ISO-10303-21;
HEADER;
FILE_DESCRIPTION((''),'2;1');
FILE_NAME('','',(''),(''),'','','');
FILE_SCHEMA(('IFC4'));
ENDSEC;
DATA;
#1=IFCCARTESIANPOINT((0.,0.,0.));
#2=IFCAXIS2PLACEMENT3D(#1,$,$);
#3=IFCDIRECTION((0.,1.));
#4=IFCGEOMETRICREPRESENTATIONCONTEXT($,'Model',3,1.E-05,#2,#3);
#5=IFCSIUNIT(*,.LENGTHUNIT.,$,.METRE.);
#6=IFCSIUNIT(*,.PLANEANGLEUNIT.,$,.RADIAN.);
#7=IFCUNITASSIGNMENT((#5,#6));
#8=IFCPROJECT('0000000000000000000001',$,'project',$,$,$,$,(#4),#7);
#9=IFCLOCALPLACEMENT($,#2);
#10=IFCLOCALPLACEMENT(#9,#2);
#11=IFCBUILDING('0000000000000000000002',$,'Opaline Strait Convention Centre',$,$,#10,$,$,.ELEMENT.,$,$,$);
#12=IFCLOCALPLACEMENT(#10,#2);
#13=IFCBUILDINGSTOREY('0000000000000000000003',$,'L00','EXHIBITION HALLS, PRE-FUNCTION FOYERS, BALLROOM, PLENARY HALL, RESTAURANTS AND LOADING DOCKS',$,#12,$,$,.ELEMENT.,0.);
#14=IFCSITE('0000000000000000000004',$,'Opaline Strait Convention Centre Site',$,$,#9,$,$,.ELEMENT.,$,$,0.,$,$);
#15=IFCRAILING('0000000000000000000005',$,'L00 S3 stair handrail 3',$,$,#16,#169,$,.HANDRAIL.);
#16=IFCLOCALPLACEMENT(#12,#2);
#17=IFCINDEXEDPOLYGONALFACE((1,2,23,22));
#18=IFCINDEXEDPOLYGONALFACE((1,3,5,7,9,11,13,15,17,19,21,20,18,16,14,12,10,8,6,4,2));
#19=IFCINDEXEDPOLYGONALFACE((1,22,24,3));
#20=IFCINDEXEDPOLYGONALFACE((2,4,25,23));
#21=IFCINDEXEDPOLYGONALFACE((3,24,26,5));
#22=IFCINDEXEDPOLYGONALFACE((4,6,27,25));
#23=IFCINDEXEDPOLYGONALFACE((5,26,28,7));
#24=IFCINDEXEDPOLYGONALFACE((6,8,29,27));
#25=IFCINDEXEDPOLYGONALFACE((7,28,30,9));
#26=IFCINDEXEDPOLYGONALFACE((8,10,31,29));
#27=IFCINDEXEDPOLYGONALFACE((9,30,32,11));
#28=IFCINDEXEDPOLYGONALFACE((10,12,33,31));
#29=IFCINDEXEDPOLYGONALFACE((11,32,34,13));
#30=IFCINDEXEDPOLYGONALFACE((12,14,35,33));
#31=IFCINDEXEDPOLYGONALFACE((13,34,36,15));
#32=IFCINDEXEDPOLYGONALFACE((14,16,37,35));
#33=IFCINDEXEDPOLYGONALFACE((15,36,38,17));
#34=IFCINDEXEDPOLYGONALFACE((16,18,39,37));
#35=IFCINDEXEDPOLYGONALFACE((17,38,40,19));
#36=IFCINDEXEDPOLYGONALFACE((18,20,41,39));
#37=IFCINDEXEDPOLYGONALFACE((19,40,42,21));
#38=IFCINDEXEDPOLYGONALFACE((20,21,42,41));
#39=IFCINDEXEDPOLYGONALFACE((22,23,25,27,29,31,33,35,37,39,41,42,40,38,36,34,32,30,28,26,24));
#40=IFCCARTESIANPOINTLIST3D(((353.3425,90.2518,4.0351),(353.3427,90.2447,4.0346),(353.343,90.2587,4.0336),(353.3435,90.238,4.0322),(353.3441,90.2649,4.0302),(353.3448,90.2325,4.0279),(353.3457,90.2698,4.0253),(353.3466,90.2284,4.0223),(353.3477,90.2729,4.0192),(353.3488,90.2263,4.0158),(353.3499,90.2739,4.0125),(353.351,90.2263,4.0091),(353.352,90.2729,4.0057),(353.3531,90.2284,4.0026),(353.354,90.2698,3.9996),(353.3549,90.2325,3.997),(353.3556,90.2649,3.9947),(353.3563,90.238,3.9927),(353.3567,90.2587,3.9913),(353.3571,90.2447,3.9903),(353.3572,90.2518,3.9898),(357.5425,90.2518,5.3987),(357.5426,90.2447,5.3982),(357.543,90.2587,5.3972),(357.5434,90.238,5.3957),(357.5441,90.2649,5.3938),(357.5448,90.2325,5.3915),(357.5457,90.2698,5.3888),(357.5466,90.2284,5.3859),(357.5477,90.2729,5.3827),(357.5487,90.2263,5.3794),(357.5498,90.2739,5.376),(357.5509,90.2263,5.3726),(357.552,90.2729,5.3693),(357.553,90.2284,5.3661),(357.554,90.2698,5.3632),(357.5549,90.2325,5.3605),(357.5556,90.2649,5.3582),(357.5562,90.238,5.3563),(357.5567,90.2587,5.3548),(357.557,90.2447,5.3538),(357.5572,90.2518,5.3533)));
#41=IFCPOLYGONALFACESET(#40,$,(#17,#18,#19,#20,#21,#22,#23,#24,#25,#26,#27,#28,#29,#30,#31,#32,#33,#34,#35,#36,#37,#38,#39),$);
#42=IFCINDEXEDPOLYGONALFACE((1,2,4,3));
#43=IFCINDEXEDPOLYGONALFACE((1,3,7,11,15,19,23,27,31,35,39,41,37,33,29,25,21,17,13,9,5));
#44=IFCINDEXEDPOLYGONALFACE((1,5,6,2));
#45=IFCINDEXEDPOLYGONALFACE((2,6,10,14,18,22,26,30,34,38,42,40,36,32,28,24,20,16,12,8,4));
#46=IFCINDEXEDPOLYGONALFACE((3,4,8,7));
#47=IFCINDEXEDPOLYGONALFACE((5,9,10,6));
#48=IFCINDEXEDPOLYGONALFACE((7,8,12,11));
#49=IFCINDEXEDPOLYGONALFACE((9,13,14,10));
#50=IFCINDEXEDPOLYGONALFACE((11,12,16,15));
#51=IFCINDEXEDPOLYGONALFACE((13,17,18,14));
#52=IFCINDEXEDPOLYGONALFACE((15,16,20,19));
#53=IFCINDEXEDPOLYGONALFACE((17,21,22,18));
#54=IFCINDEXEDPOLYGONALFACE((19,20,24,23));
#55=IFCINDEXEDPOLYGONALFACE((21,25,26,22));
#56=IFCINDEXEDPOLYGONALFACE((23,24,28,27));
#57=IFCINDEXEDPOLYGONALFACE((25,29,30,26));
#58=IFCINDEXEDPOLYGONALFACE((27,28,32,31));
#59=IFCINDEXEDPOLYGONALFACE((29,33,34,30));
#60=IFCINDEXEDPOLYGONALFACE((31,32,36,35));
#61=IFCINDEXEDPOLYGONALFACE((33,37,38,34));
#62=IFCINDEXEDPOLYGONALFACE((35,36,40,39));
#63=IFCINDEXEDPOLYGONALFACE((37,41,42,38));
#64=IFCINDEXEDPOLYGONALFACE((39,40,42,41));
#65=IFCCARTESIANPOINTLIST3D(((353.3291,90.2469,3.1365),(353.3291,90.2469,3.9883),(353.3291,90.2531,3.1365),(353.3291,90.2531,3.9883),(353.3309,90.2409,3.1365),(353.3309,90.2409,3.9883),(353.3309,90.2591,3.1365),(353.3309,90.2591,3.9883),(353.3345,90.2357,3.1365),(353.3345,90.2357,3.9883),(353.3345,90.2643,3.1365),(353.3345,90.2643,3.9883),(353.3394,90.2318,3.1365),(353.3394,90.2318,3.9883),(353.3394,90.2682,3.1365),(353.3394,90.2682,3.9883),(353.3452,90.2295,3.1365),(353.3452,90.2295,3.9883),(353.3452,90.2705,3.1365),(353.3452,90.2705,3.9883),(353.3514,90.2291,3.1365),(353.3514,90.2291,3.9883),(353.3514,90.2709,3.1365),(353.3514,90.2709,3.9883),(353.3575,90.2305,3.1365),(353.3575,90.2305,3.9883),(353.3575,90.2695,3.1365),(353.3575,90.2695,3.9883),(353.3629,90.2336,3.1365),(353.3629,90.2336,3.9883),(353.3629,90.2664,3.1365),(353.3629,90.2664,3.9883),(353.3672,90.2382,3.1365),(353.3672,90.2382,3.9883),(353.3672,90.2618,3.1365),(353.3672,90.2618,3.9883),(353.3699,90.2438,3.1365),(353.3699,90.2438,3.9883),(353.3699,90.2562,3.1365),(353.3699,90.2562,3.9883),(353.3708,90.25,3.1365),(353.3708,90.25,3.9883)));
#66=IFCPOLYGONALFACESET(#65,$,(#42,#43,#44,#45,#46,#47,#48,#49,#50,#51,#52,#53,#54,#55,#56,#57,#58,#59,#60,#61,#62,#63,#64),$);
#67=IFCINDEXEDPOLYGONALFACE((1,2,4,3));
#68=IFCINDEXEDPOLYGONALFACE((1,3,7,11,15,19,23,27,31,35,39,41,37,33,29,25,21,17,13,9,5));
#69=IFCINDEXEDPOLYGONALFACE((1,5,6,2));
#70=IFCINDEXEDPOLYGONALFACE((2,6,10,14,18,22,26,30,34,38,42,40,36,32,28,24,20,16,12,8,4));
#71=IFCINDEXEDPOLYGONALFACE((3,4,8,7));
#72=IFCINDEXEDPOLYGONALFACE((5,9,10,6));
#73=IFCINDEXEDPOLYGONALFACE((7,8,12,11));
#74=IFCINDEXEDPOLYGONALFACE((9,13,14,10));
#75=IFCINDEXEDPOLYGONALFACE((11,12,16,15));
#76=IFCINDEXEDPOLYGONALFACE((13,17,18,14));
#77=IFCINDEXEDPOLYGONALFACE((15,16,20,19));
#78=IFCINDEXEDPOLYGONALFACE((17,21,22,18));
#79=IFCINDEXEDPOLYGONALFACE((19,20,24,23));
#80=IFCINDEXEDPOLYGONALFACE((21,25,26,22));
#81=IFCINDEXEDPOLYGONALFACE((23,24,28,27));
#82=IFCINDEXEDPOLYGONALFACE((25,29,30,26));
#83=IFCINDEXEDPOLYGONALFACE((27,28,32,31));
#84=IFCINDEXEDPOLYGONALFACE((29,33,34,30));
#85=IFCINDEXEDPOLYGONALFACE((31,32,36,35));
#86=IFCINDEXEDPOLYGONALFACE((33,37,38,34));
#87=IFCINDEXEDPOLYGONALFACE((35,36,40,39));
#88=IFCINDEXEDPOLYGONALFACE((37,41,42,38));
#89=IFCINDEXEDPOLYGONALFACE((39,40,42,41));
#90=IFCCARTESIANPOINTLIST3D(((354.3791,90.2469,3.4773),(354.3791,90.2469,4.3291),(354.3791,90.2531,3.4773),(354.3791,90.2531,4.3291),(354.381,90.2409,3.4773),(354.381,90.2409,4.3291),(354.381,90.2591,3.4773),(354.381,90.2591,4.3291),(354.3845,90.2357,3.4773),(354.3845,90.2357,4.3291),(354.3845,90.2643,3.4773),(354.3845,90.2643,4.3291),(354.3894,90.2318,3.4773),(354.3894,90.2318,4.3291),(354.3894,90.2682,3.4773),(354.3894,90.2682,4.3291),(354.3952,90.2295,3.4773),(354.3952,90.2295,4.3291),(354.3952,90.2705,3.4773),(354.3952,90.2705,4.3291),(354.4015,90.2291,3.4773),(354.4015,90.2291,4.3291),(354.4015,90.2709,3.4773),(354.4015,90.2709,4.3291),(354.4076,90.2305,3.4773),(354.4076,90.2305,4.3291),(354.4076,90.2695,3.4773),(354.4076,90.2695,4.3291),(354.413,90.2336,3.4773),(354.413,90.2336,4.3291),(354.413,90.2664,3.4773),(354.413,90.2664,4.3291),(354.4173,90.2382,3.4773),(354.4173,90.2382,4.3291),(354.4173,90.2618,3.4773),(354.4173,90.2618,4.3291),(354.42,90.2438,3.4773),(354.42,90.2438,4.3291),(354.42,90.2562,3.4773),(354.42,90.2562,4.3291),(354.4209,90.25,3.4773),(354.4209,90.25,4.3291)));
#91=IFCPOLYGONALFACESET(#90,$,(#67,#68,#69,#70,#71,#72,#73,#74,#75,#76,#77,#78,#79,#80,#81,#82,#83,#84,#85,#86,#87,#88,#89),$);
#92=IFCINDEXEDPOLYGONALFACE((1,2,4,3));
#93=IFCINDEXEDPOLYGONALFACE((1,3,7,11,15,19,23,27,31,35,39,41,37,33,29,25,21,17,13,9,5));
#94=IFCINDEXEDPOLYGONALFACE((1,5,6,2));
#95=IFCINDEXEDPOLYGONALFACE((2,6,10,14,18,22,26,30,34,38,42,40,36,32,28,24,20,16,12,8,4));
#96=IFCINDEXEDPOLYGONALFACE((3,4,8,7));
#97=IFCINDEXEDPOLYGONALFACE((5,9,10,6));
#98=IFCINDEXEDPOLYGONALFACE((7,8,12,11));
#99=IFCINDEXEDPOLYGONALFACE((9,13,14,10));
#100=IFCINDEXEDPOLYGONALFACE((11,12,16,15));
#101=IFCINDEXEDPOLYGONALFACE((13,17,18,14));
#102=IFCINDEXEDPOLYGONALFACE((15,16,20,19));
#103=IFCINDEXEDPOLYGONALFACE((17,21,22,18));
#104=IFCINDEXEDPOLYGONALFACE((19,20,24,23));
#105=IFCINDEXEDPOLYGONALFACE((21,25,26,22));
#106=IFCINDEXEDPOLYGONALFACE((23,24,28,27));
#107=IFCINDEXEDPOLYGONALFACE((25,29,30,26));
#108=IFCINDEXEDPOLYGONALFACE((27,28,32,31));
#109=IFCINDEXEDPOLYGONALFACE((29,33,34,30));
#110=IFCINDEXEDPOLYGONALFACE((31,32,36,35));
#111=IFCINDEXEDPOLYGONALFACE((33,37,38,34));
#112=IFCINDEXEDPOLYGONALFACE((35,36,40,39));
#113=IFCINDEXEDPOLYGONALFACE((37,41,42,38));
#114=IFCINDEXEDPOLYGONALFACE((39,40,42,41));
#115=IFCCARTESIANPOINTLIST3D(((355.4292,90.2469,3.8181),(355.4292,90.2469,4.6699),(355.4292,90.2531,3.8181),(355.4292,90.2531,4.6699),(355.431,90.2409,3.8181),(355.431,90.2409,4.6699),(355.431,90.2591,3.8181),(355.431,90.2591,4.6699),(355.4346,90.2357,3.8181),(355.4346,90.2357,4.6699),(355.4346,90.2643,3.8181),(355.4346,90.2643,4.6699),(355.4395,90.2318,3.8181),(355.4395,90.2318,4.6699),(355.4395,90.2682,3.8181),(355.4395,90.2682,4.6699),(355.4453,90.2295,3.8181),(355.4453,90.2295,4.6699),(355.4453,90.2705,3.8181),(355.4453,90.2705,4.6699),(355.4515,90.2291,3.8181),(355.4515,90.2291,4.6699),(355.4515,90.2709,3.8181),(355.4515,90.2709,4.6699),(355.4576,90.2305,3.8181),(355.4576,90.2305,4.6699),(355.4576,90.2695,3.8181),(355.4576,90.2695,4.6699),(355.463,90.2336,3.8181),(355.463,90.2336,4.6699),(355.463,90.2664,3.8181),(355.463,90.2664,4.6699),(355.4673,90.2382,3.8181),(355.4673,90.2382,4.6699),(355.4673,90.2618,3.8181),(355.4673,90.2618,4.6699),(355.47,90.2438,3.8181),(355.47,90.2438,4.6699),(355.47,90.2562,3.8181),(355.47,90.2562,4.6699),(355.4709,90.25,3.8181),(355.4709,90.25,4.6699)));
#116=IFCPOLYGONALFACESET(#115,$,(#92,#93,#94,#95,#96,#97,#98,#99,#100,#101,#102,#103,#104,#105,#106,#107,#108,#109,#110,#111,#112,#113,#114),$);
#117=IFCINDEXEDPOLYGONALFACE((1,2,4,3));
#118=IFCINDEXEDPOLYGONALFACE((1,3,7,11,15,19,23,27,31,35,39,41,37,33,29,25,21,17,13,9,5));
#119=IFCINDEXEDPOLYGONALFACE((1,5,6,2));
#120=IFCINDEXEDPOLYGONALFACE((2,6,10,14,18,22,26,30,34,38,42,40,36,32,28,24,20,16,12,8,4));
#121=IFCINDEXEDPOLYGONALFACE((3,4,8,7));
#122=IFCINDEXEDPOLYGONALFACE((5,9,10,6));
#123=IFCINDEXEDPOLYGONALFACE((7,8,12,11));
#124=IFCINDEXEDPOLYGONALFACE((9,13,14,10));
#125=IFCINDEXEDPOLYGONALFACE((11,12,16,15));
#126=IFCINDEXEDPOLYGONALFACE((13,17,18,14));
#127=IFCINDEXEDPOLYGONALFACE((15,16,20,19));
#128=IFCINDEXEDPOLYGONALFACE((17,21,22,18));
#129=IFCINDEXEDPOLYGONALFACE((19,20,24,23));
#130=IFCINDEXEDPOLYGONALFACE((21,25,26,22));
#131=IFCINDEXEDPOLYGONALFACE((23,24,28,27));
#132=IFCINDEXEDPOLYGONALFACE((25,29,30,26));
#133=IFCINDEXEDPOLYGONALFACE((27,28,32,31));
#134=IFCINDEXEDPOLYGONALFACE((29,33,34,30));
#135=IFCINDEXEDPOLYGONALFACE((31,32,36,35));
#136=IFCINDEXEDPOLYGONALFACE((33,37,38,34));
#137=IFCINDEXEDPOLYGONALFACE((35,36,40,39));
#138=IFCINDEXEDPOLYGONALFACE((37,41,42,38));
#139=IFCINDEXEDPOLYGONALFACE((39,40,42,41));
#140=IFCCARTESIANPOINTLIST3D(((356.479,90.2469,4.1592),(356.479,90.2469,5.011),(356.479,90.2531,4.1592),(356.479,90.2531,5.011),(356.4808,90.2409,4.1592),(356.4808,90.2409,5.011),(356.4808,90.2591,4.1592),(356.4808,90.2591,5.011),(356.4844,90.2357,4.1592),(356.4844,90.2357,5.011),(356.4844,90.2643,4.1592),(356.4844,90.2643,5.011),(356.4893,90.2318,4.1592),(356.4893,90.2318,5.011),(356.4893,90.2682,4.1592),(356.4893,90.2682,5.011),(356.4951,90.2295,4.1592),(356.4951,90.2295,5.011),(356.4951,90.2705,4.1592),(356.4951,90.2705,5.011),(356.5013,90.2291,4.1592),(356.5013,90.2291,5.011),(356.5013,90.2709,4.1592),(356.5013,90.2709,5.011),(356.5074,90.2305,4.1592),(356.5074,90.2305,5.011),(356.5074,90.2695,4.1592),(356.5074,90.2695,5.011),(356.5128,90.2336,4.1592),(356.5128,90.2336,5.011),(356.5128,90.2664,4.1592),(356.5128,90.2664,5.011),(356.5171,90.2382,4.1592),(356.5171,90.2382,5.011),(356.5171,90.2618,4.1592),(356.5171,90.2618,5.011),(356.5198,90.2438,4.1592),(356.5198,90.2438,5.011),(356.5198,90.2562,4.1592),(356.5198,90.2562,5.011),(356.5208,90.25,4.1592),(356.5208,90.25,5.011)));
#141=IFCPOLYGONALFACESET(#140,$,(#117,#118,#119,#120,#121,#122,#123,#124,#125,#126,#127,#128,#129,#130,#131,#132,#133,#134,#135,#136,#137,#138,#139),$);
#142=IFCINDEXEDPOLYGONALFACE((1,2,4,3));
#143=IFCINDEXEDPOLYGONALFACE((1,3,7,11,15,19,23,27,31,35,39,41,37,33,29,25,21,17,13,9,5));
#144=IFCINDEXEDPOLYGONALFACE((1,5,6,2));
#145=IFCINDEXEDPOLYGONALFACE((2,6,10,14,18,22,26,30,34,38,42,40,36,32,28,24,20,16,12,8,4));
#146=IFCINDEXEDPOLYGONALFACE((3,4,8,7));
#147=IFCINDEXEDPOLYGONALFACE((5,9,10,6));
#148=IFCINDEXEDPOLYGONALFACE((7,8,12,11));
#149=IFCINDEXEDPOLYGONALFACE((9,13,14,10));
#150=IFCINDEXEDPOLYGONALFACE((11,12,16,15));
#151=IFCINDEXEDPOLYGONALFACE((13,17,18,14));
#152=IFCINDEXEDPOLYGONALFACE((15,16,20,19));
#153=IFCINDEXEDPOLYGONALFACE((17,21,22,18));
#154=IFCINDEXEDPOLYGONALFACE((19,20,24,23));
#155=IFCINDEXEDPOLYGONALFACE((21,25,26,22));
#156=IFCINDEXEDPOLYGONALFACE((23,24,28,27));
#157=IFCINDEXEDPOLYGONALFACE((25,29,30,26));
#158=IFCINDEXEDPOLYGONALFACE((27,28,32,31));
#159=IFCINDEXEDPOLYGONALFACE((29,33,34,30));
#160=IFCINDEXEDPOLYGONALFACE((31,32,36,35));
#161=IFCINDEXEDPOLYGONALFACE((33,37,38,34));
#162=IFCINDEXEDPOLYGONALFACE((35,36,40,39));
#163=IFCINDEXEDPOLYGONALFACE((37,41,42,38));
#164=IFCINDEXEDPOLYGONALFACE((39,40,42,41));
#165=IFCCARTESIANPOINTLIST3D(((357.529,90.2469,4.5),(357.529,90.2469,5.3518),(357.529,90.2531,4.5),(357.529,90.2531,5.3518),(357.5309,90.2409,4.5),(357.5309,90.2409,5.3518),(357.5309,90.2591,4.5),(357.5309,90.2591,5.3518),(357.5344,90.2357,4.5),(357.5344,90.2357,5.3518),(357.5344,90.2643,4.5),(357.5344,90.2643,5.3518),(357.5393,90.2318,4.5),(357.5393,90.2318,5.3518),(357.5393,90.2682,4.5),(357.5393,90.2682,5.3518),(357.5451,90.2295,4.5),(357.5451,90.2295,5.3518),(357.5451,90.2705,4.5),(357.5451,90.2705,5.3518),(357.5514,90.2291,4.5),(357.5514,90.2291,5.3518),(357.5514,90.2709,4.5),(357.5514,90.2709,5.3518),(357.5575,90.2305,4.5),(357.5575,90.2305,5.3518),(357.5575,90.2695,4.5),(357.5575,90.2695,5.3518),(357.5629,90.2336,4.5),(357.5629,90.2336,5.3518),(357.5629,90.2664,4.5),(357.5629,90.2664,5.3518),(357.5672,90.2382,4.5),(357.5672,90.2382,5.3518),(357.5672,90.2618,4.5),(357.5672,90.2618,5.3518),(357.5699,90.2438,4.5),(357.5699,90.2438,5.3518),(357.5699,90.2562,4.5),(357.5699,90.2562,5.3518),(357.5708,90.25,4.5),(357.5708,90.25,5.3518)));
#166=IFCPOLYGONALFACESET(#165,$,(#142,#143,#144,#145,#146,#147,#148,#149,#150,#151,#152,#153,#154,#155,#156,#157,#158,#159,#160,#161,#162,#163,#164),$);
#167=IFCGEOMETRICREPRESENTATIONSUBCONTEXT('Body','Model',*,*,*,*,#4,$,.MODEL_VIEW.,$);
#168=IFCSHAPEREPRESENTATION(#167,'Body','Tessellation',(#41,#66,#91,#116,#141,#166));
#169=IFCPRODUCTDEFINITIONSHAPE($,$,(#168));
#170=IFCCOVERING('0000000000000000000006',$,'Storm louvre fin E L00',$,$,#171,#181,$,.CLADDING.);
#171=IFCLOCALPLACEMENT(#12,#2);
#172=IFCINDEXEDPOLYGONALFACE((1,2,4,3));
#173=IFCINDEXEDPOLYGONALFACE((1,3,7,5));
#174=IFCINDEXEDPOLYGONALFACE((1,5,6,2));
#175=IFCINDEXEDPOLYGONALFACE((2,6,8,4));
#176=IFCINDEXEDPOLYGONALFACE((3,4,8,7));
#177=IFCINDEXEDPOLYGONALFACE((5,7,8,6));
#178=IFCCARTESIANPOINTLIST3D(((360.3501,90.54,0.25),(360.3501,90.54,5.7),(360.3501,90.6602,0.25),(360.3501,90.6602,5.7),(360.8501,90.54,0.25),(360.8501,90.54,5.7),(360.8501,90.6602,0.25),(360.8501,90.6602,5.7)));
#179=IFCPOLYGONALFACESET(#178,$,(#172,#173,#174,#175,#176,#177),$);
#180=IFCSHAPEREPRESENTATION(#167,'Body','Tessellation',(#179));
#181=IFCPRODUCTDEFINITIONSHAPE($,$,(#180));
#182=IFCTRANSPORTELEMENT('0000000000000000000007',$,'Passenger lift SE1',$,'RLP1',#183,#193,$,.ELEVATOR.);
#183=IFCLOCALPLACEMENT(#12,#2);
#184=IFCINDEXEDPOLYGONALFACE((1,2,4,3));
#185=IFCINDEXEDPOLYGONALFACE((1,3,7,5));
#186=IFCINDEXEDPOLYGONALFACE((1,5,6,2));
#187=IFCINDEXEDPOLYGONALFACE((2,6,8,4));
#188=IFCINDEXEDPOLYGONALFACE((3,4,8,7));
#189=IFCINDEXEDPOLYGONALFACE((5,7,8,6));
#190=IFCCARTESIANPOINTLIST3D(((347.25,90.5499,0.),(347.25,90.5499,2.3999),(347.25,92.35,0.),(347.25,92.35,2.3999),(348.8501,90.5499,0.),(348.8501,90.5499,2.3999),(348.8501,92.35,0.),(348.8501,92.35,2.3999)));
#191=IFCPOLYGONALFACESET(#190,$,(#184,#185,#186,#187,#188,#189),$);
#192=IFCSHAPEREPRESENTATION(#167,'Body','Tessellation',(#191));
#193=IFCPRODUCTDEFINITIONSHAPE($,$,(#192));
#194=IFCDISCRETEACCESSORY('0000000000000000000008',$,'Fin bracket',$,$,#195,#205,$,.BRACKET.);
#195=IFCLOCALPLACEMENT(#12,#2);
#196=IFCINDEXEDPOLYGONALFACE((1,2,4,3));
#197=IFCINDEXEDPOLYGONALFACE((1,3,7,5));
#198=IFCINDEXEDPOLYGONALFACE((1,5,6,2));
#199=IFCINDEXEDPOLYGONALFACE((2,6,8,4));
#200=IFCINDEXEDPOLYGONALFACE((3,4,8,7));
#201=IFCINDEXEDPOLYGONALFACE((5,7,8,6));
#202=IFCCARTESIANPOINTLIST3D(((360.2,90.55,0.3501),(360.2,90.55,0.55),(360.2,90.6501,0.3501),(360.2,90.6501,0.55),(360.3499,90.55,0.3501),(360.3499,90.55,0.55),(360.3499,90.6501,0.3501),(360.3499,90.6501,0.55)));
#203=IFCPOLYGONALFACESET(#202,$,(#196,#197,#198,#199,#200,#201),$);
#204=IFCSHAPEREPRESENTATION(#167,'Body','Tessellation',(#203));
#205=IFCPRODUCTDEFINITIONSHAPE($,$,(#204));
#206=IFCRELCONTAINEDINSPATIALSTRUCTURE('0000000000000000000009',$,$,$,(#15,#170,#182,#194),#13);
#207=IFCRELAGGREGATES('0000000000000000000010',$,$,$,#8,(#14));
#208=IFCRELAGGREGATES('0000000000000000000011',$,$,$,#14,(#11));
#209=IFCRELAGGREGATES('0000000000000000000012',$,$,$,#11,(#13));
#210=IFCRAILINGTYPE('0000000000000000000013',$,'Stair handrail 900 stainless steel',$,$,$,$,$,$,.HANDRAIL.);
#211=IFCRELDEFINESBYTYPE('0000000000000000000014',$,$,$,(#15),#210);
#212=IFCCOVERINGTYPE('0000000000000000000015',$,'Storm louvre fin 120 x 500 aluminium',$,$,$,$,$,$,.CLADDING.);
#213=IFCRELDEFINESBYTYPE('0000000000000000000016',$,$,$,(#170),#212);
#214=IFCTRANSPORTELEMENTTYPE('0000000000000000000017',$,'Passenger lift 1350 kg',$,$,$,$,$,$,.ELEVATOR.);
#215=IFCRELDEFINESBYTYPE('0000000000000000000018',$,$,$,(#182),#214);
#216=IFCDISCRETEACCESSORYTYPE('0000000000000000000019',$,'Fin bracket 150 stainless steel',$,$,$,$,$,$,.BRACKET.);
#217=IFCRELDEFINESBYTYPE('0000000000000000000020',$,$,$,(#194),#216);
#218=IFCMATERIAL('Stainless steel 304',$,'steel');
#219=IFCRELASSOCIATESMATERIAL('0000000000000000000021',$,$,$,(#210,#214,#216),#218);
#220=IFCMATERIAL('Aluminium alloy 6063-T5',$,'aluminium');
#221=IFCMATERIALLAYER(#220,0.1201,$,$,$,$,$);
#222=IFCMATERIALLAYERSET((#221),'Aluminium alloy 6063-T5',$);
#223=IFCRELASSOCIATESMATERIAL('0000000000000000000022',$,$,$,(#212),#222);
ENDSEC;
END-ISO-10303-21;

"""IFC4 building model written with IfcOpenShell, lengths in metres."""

from ifc_helpers import new_model, si_unit, direction, frame, origin, origin_2d, place, context, subcontext, project, spatial, rectangle, circle, extrude, material, layer, layer_set, type_object, element, save


model = new_model("IFC4")

# Units and contexts
model_context = context("Model", 3, precision=1e-05, world=origin(), true_north=direction((0.0, 1.0)))
body_context = subcontext(model_context, "Body", "Model", "MODEL_VIEW")
ifc_project = project(units=[si_unit("LENGTHUNIT", "METRE"), si_unit("PLANEANGLEUNIT", "RADIAN")], contexts=[model_context])

# Site, building, storey
site_placement = place(None, origin())
site = spatial("IfcSite", under=ifc_project, at=site_placement, Name="Opaline Strait Convention Centre Site", CompositionType="ELEMENT", RefElevation=0.0)
building_placement = place(site_placement, origin())
building = spatial("IfcBuilding", under=site, at=building_placement, Name="Opaline Strait Convention Centre", CompositionType="ELEMENT")
storey_placement = place(building_placement, origin())
storey = spatial("IfcBuildingStorey", under=building, at=storey_placement, Name="L00", Description="EXHIBITION HALLS, PRE-FUNCTION FOYERS, BALLROOM, PLENARY HALL, RESTAURANTS AND LOADING DOCKS", CompositionType="ELEMENT", Elevation=0.0)

# Railing
ifc_material_1 = material(Name="Stainless steel 304", Category="steel")
railing_type = type_object("IfcRailingType", Name="Stair handrail 900 stainless steel", PredefinedType="HANDRAIL", material=ifc_material_1)
for number, where, name in (
    (1, (353.3499, 90.25, 3.1365), "L00 S3 stair handrail 3"),
):
    element("IfcRailing", number, at=place(storey_placement, frame(where)), inside=storey, type_object=railing_type, Name=name, PredefinedType="HANDRAIL", context=body_context, shape_type="SweptSolid", body=[
        extrude(circle(Radius=0.0239, at=origin_2d()), frame((0.0, 0.0, 0.876), z_axis=(0.951131, 0.0, 0.308787), x_axis=(0.0, 1.0, 0.0)), (0.0, 0.0, 1.0), 4.4158),
        extrude(circle(Radius=0.021, at=origin_2d()), origin(), (0.0, 0.0, 1.0), 0.8518),
        extrude(circle(Radius=0.021, at=origin_2d()), frame((1.05, 0.0, 0.3408)), (0.0, 0.0, 1.0), 0.8518),
        extrude(circle(Radius=0.021, at=origin_2d()), frame((2.1001, 0.0, 0.6816)), (0.0, 0.0, 1.0), 0.8518),
        extrude(circle(Radius=0.021, at=origin_2d()), frame((3.1499, 0.0, 1.0227)), (0.0, 0.0, 1.0), 0.8518),
        extrude(circle(Radius=0.021, at=origin_2d()), frame((4.2, 0.0, 1.3635)), (0.0, 0.0, 1.0), 0.8518),
    ])

# Covering
ifc_material_2 = material(Name="Aluminium alloy 6063-T5", Category="aluminium")
ifc_layer_1 = layer(ifc_material_2, 0.1201)
ifc_layer_set_1 = layer_set([ifc_layer_1], Name="Aluminium alloy 6063-T5")
covering_type = type_object("IfcCoveringType", Name="Storm louvre fin 120 x 500 aluminium", PredefinedType="CLADDING", material=ifc_layer_set_1)
covering_placement = place(storey_placement, frame((360.6001, 90.6001, 0.25), z_axis=(0.0, 0.0, 1.0), x_axis=(1.0, 0.0, 0.0)))
element("IfcCovering", 2, at=covering_placement, inside=storey, type_object=covering_type, Name="Storm louvre fin E L00", PredefinedType="CLADDING", context=body_context, shape_type="SweptSolid", body=[
    extrude(rectangle(XDim=0.5, YDim=0.1201, at=origin_2d()), origin(), (0.0, 0.0, 1.0), 5.45),
])

# Transport element
transport_element_type = type_object("IfcTransportElementType", Name="Passenger lift 1350 kg", PredefinedType="ELEVATOR", material=ifc_material_1)
transport_element_placement = place(storey_placement, frame((348.05, 91.45, 0.0), z_axis=(0.0, 0.0, 1.0), x_axis=(1.0, 0.0, 0.0)))
element("IfcTransportElement", 3, at=transport_element_placement, inside=storey, type_object=transport_element_type, Name="Passenger lift SE1", ObjectType="RLP1", PredefinedType="ELEVATOR", context=body_context, shape_type="SweptSolid", body=[
    extrude(rectangle(XDim=1.6001, YDim=1.8, at=origin_2d()), origin(), (0.0, 0.0, 1.0), 2.3999),
])

# Discrete accessory
discrete_accessory_type = type_object("IfcDiscreteAccessoryType", Name="Fin bracket 150 stainless steel", PredefinedType="BRACKET", material=ifc_material_1)
discrete_accessory_placement = place(storey_placement, frame((360.2749, 90.6001, 0.3501), z_axis=(0.0, 0.0, 1.0), x_axis=(1.0, 0.0, 0.0)))
element("IfcDiscreteAccessory", 4, at=discrete_accessory_placement, inside=storey, type_object=discrete_accessory_type, Name="Fin bracket", PredefinedType="BRACKET", context=body_context, shape_type="SweptSolid", body=[
    extrude(rectangle(XDim=0.1499, YDim=0.1001, at=origin_2d()), origin(), (0.0, 0.0, 1.0), 0.2),
])

save(model, "model.ifc")
